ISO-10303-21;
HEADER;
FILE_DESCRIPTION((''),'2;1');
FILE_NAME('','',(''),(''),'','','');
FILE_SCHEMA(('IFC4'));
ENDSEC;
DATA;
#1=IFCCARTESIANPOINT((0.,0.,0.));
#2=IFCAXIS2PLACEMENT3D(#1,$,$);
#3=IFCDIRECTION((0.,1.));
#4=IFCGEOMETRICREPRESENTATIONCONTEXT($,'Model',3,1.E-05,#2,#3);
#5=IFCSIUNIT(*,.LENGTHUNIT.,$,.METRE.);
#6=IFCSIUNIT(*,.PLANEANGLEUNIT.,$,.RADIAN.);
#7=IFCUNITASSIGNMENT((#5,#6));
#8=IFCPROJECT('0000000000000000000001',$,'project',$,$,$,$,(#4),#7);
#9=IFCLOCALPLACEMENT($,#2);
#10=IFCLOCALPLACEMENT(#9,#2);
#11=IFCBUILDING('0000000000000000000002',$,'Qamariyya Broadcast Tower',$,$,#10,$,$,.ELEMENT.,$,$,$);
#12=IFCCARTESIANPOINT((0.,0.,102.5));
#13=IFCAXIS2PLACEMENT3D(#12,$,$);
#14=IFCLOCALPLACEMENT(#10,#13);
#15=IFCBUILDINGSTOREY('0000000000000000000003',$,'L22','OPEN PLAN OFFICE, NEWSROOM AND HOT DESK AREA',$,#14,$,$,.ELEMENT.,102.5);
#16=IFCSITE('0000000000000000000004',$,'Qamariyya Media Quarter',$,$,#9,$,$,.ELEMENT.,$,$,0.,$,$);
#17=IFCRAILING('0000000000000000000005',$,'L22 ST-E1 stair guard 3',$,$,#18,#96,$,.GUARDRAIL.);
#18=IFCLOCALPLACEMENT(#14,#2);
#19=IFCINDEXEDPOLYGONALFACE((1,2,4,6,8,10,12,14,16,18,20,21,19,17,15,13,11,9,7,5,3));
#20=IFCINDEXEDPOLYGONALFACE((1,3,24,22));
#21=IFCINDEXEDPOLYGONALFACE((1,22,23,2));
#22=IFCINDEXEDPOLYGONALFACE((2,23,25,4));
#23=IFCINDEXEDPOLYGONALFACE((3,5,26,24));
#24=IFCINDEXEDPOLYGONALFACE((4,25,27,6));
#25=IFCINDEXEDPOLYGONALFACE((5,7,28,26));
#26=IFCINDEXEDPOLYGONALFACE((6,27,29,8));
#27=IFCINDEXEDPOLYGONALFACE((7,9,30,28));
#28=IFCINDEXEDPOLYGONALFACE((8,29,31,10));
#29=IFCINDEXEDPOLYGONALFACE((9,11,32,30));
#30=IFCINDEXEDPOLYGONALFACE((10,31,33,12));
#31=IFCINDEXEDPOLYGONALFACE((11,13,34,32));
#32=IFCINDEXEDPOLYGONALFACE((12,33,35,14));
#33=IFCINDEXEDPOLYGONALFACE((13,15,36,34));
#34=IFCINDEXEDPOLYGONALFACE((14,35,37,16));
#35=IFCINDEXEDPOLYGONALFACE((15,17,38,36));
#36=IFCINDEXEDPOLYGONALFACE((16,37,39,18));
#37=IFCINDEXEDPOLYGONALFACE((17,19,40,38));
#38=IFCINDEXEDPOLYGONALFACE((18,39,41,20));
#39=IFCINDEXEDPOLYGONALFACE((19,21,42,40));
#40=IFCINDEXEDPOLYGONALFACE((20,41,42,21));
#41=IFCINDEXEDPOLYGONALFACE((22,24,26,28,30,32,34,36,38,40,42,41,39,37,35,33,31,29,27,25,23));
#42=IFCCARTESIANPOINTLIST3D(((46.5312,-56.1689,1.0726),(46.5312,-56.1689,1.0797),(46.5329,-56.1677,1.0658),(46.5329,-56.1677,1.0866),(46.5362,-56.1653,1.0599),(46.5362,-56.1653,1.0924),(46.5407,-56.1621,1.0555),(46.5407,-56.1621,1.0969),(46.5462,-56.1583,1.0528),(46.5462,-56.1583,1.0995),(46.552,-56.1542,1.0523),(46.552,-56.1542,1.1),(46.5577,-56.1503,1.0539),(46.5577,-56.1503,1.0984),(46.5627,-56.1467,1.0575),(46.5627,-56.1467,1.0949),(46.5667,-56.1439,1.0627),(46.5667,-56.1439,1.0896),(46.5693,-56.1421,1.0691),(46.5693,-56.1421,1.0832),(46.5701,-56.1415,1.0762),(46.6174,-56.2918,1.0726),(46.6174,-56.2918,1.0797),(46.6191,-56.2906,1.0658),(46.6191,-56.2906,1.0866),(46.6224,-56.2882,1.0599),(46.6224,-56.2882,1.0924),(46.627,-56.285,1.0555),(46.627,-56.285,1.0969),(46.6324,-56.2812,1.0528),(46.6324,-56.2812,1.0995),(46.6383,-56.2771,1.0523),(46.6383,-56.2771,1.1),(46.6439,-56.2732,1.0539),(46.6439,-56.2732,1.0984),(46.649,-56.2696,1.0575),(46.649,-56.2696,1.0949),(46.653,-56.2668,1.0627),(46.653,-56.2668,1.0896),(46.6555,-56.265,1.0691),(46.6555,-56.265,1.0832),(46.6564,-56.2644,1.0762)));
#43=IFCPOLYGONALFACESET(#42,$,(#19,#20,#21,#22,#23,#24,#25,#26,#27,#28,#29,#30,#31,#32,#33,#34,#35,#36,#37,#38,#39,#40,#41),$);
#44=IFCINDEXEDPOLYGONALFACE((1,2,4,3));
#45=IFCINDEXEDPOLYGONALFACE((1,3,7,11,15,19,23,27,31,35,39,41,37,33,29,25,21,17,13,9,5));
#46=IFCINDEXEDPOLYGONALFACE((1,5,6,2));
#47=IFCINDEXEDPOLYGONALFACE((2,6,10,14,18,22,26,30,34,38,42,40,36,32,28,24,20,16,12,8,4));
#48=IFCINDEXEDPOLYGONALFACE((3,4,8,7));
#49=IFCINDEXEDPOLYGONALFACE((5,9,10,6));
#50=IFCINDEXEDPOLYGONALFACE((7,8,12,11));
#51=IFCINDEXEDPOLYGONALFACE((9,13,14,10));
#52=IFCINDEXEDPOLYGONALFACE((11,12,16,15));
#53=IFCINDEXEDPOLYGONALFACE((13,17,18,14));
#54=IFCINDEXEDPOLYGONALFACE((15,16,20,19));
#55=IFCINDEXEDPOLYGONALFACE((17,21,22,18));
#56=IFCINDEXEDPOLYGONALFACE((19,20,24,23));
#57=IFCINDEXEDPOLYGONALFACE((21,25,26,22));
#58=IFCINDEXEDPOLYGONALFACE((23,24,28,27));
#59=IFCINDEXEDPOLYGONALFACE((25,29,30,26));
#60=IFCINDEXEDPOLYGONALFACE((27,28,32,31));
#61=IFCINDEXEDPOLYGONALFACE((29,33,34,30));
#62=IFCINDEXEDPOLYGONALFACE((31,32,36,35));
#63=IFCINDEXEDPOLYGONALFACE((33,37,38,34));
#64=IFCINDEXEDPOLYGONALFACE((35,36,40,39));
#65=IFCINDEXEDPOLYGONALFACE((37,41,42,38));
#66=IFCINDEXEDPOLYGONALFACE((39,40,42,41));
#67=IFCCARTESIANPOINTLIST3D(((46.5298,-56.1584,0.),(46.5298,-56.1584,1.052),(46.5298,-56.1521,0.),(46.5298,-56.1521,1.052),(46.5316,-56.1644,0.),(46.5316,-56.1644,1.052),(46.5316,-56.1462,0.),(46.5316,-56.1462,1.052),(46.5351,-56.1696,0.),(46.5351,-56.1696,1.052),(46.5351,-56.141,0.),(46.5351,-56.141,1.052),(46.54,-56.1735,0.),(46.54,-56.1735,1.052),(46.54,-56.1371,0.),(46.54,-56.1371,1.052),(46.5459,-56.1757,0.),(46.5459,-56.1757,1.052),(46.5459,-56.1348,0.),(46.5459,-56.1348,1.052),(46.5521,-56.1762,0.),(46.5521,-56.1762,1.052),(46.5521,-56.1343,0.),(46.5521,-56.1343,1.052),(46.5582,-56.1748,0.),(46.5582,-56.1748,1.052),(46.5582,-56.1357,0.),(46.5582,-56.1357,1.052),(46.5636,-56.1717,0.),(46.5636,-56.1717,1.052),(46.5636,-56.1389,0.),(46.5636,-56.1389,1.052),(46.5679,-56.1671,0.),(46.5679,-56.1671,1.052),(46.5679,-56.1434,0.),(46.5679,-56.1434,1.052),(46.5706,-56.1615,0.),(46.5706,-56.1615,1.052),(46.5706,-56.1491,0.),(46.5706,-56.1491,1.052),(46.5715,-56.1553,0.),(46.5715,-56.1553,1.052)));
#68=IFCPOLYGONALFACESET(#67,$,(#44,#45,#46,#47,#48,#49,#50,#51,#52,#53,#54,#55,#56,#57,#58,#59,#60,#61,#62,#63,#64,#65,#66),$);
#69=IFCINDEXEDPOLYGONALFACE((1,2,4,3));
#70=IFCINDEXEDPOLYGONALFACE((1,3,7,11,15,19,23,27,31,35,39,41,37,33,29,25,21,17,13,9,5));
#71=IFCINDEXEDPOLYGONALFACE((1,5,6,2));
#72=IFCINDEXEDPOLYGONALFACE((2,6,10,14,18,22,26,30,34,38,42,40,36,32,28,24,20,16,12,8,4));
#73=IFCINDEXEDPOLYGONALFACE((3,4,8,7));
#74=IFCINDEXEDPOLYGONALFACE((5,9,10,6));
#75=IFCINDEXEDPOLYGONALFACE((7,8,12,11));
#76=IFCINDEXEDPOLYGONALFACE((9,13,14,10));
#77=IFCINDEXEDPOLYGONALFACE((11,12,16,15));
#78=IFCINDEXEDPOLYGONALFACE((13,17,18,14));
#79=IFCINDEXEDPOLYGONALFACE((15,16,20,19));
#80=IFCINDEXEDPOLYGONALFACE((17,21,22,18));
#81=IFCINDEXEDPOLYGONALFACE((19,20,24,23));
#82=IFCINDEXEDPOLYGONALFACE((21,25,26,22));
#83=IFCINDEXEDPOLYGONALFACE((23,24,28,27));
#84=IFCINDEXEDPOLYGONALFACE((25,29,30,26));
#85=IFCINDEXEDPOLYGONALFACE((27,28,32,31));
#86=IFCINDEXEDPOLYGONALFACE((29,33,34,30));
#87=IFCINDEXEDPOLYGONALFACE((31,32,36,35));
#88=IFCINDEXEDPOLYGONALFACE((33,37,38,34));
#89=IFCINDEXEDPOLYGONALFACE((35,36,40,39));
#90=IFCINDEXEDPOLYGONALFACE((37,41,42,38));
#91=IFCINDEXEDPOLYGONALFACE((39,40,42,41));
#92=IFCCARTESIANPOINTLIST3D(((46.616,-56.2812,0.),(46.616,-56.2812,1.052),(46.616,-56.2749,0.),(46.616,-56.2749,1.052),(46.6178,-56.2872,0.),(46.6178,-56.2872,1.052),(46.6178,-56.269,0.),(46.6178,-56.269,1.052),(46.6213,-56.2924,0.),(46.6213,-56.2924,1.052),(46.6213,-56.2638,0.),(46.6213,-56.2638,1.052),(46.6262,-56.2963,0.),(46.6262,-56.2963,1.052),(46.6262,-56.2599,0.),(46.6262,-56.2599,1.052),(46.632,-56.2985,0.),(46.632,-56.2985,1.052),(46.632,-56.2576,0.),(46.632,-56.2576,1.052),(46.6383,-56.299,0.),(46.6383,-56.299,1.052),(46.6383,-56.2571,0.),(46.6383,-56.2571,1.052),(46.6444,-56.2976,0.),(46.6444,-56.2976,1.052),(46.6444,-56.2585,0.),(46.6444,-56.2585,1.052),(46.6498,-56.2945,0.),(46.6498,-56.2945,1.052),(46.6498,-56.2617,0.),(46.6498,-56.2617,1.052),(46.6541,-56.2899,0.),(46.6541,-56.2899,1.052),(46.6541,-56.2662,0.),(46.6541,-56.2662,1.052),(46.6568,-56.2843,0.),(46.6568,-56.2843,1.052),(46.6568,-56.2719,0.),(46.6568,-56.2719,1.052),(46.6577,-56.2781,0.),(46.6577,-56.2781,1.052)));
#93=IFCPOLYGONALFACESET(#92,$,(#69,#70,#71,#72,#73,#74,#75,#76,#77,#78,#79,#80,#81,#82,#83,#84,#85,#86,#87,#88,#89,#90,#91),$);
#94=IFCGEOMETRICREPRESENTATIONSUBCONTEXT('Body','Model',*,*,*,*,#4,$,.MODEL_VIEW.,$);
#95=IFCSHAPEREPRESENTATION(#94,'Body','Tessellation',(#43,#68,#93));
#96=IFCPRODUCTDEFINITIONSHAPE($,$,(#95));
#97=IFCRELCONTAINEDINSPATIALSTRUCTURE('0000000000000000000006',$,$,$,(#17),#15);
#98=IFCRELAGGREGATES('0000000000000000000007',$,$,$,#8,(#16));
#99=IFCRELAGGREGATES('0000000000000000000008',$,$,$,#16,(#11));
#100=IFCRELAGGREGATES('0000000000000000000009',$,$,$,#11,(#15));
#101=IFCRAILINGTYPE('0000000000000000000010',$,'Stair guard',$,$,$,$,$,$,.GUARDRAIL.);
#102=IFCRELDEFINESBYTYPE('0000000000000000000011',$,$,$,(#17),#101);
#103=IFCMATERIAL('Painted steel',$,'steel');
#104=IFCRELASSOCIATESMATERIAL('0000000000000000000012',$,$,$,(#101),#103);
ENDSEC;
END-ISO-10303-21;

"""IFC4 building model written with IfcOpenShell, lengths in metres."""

from ifc_helpers import new_model, si_unit, direction, frame, origin, origin_2d, place, context, subcontext, project, spatial, circle, extrude, material, type_object, element, save


model = new_model("IFC4")

# Units and contexts
model_context = context("Model", 3, precision=1e-05, world=origin(), true_north=direction((0.0, 1.0)))
body_context = subcontext(model_context, "Body", "Model", "MODEL_VIEW")
ifc_project = project(units=[si_unit("LENGTHUNIT", "METRE"), si_unit("PLANEANGLEUNIT", "RADIAN")], contexts=[model_context])

# Site, building, storey
site_placement = place(None, origin())
site = spatial("IfcSite", under=ifc_project, at=site_placement, Name="Qamariyya Media Quarter", CompositionType="ELEMENT", RefElevation=0.0)
building_placement = place(site_placement, origin())
building = spatial("IfcBuilding", under=site, at=building_placement, Name="Qamariyya Broadcast Tower", CompositionType="ELEMENT")
storey_placement = place(building_placement, frame((0.0, 0.0, 102.5)))
storey = spatial("IfcBuildingStorey", under=building, at=storey_placement, Name="L22", Description="OPEN PLAN OFFICE, NEWSROOM AND HOT DESK AREA", CompositionType="ELEMENT", Elevation=102.5)

# Railing
ifc_material_1 = material(Name="Painted steel", Category="steel")
railing_type_1 = type_object("IfcRailingType", Name="Stair guard", PredefinedType="GUARDRAIL", material=ifc_material_1)
railing_1_placement = place(storey_placement, frame((46.5505, -56.1553, 0.0)))
element("IfcRailing", 1, at=railing_1_placement, inside=storey, type_object=railing_type_1, Name="L22 ST-E1 stair guard 3", PredefinedType="GUARDRAIL", context=body_context, shape_type="SweptSolid", body=[
    extrude(circle(Radius=0.0239, at=origin_2d()), frame((0.0, 0.0, 1.0762), z_axis=(0.574445, -0.818543, 0.0), x_axis=(0.818543, 0.574445, 0.0)), (0.0, 0.0, 1.0), 0.1501),
    extrude(circle(Radius=0.021, at=origin_2d()), origin(), (0.0, 0.0, 1.0), 1.052),
    extrude(circle(Radius=0.021, at=origin_2d()), frame((0.0862, -0.1228, 0.0)), (0.0, 0.0, 1.0), 1.052),
])

save(model, "model.ifc")
